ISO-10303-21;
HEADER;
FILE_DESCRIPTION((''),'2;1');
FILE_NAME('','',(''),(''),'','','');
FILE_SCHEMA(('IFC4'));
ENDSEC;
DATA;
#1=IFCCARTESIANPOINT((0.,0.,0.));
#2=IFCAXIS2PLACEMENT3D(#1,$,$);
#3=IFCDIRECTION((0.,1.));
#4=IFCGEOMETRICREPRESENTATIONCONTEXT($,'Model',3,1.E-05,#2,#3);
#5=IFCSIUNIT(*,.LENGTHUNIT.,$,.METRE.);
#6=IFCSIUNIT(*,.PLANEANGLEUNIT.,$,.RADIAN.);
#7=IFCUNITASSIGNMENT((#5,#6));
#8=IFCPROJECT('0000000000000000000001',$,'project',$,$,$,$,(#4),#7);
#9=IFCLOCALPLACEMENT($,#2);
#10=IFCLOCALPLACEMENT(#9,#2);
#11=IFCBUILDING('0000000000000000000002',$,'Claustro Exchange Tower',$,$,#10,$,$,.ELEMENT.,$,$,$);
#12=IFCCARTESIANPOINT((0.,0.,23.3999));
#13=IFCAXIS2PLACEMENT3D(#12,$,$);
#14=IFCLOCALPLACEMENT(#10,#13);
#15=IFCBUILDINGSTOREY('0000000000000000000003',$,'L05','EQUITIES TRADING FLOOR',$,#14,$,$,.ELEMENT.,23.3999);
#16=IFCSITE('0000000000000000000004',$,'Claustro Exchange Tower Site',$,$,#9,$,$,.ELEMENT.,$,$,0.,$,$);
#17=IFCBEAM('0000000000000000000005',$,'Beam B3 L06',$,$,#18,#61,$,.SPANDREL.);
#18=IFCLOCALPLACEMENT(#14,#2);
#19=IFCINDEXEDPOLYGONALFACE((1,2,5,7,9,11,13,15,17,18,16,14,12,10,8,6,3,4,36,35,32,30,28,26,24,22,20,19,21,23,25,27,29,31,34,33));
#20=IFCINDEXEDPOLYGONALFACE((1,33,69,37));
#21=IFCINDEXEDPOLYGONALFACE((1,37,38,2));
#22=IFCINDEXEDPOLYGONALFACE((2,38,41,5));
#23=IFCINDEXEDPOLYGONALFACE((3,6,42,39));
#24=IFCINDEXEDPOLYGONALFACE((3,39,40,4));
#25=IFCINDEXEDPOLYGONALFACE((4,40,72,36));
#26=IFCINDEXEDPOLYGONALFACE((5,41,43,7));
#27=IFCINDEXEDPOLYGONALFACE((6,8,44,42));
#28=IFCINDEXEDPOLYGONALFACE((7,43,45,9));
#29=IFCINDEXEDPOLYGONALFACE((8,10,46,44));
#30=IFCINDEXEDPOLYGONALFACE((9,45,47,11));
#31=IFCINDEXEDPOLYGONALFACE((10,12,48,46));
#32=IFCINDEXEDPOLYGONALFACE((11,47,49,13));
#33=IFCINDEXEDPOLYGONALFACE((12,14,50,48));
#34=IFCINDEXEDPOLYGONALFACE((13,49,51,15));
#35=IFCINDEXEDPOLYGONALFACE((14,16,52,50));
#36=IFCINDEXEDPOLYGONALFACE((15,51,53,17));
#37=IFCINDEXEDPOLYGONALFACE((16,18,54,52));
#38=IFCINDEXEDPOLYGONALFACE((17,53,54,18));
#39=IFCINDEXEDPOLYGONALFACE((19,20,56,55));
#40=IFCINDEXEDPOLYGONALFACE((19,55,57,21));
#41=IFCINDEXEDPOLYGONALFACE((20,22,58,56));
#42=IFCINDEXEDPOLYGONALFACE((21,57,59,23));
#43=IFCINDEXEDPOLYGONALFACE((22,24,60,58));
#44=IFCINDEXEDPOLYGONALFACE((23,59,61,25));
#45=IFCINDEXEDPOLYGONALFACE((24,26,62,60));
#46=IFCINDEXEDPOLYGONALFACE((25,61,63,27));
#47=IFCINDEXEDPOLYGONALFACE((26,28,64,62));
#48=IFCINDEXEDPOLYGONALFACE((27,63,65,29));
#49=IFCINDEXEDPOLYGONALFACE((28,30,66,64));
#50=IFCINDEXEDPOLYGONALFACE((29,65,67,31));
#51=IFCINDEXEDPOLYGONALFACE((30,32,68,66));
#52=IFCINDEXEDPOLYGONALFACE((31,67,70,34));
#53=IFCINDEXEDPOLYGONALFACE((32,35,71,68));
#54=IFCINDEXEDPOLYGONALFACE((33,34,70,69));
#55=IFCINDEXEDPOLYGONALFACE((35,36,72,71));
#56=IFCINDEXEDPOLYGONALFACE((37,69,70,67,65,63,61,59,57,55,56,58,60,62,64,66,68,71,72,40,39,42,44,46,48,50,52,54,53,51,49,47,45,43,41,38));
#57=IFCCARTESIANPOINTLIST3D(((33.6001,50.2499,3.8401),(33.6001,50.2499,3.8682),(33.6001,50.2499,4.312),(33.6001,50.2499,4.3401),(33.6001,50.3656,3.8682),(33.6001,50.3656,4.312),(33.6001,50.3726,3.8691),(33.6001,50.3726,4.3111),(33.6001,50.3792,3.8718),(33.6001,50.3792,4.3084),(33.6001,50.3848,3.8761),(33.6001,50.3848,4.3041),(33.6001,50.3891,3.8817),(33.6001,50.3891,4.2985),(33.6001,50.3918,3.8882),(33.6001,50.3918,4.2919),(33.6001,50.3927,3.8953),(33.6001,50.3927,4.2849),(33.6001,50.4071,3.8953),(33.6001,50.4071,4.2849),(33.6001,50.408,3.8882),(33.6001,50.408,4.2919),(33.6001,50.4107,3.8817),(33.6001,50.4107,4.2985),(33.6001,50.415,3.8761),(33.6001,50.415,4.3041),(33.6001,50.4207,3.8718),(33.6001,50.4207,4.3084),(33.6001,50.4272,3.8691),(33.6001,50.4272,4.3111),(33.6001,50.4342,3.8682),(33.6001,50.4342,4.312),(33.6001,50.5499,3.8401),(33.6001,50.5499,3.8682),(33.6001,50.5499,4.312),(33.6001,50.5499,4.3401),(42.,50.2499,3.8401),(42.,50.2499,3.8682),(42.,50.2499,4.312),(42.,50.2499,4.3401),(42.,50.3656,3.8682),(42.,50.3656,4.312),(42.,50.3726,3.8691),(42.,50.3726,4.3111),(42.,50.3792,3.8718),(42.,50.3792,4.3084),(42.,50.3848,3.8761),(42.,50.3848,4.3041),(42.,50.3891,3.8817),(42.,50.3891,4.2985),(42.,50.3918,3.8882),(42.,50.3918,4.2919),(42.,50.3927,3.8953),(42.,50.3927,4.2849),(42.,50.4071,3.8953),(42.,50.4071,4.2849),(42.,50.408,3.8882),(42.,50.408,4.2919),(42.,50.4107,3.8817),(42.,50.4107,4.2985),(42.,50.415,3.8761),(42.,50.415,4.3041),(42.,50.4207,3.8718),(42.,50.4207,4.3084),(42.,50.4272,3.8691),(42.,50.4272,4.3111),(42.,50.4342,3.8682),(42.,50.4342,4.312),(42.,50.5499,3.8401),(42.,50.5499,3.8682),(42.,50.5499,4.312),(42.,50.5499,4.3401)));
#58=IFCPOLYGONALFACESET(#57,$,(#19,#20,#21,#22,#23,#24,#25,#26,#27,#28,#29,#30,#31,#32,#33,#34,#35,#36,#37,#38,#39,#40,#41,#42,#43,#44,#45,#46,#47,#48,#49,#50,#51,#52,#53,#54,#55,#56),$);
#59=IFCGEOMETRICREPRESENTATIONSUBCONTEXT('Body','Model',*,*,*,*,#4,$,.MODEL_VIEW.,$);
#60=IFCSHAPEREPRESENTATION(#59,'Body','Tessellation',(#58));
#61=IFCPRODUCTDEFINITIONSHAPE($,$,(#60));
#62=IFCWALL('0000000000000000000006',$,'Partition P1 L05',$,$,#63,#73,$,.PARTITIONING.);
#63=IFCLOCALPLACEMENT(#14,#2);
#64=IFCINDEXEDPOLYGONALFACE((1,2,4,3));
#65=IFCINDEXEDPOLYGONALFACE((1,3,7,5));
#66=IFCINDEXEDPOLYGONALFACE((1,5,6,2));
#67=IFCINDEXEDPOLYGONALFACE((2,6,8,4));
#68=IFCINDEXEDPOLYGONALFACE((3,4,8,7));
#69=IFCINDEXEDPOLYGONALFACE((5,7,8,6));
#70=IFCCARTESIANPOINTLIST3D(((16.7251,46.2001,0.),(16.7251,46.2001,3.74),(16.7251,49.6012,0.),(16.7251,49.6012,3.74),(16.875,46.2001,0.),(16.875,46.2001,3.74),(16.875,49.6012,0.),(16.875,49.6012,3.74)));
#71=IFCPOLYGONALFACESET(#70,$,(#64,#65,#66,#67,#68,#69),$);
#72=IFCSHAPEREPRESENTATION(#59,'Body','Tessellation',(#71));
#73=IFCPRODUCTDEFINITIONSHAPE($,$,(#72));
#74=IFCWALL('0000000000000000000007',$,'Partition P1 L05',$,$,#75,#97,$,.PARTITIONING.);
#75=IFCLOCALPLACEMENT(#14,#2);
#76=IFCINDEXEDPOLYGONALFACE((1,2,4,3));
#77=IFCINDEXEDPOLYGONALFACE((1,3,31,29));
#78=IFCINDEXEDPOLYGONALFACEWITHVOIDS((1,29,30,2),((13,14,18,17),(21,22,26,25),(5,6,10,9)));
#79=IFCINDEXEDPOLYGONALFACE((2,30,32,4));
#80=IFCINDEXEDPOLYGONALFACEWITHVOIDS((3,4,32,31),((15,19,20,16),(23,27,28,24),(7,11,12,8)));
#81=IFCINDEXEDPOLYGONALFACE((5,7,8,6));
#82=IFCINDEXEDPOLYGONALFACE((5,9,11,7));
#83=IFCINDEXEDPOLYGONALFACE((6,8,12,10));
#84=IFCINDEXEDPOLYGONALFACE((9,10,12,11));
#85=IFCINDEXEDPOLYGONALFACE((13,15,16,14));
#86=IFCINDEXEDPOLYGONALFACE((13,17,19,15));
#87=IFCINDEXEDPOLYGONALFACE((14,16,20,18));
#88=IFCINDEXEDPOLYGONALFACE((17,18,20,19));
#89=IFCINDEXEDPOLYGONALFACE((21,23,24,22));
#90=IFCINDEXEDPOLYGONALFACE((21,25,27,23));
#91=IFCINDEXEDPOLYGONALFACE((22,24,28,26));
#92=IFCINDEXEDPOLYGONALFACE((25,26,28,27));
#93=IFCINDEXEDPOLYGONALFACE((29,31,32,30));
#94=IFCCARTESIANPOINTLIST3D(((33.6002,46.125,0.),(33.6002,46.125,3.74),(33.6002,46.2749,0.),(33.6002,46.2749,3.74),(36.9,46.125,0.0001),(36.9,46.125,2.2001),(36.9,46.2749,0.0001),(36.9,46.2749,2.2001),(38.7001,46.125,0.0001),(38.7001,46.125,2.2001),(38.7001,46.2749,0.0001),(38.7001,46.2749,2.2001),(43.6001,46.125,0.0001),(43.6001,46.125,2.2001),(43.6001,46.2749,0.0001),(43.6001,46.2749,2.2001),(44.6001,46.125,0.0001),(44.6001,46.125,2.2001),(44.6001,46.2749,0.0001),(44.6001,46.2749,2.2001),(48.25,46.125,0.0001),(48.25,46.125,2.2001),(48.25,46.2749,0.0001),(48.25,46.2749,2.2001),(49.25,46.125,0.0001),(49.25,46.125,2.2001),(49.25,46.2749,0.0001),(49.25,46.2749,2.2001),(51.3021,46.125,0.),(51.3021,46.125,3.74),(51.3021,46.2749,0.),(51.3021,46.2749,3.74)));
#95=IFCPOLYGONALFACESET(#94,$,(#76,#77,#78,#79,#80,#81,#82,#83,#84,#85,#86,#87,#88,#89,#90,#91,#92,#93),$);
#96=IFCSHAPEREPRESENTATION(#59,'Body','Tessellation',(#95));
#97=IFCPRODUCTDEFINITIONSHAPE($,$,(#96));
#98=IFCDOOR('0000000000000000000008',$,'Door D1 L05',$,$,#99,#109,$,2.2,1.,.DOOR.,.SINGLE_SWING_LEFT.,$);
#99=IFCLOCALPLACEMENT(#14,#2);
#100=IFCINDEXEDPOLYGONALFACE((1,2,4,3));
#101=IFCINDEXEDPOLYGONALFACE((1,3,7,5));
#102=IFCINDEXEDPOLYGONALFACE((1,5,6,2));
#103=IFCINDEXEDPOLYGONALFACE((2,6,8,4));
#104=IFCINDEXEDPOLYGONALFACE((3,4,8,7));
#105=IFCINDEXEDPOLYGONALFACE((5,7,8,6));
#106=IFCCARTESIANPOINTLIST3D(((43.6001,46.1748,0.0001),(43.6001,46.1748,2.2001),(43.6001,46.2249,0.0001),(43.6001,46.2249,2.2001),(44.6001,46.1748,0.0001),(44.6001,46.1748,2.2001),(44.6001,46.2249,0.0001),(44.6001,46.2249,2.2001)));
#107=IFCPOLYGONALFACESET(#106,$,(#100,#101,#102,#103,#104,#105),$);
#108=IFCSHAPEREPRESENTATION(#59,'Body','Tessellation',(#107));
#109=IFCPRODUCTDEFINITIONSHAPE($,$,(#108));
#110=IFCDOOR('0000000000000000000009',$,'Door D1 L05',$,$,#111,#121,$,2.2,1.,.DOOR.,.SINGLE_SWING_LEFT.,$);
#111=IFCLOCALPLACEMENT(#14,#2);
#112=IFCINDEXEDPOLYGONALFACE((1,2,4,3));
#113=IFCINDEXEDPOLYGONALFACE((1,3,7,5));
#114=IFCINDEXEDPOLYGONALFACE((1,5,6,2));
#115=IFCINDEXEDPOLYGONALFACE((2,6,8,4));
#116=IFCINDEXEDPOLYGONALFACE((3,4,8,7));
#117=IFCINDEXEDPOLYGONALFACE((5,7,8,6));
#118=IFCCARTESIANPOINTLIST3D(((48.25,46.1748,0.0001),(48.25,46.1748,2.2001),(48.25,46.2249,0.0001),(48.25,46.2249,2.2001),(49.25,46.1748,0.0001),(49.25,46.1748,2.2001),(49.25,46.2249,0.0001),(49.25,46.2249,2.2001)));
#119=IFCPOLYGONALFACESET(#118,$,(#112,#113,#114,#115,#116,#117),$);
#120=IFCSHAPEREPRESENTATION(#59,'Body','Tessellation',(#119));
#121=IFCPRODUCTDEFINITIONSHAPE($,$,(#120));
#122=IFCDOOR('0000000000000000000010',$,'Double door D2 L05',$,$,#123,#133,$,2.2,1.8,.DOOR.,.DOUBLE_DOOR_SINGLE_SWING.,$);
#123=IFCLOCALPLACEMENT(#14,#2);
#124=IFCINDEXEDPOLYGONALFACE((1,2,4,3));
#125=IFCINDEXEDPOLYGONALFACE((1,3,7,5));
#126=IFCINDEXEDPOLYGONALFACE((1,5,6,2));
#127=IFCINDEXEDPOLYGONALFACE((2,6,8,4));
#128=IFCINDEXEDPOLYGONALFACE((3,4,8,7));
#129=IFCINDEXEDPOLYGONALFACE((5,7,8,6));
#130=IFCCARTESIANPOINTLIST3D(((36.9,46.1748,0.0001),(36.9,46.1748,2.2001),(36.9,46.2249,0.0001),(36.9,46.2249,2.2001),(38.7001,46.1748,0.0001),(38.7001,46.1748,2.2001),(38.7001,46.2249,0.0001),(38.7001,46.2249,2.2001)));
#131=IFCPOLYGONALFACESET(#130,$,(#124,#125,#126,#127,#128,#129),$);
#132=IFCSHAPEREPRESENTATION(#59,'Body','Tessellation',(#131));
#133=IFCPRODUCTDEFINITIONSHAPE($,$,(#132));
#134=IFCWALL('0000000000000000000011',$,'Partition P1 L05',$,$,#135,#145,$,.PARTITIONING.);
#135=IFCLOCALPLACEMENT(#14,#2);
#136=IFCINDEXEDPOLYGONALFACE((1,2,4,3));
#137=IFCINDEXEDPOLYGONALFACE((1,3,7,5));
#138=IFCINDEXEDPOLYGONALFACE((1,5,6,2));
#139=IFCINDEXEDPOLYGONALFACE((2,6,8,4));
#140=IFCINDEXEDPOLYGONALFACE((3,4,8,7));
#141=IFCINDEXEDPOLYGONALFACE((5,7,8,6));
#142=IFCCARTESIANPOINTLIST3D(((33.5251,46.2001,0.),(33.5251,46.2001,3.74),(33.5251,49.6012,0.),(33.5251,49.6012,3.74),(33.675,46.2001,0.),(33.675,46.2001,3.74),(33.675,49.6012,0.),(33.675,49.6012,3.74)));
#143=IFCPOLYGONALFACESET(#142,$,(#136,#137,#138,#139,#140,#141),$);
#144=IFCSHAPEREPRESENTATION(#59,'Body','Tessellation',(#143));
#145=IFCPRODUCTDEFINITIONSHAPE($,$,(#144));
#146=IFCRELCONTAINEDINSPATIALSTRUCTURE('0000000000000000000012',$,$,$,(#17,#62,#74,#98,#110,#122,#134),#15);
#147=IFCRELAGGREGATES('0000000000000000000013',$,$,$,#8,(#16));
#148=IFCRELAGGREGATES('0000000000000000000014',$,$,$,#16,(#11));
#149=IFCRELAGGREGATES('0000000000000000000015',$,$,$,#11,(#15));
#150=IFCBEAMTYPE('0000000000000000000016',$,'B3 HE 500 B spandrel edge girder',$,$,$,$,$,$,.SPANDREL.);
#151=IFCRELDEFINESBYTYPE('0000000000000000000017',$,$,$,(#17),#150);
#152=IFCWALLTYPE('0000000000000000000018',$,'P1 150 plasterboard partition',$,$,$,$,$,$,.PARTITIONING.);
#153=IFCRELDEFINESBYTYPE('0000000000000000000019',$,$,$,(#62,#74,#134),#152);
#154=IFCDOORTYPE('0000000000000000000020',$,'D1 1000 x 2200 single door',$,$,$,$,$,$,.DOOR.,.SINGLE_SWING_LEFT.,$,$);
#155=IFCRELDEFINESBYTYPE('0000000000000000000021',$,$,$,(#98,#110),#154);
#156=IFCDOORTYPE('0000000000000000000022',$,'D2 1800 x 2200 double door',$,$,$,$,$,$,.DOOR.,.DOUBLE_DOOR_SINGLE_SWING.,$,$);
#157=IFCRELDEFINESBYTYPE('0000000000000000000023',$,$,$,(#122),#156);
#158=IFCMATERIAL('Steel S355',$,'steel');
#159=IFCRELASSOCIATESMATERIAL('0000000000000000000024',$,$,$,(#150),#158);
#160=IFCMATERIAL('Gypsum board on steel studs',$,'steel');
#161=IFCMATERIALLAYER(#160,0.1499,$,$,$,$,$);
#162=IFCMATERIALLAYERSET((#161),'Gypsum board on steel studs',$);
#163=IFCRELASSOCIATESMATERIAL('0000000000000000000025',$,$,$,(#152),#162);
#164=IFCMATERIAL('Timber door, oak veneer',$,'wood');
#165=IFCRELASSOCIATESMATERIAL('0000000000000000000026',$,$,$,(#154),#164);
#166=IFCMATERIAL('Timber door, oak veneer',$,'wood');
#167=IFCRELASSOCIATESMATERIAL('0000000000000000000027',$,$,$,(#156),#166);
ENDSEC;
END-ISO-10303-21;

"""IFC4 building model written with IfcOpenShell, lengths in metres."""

from ifc_helpers import new_model, si_unit, direction, frame, frame_2d, origin, origin_2d, place, context, subcontext, project, spatial, rectangle, i_section, extrude, material, layer, layer_set, material_profile, profile_set, type_object, element, fill, save


model = new_model("IFC4")

# Units and contexts
model_context = context("Model", 3, precision=1e-05, world=origin(), true_north=direction((0.0, 1.0)))
body_context = subcontext(model_context, "Body", "Model", "MODEL_VIEW")
ifc_project = project(units=[si_unit("LENGTHUNIT", "METRE"), si_unit("PLANEANGLEUNIT", "RADIAN")], contexts=[model_context])

# Site, building, storey
site_placement = place(None, origin())
site = spatial("IfcSite", under=ifc_project, at=site_placement, Name="Claustro Exchange Tower Site", CompositionType="ELEMENT", RefElevation=0.0)
building_placement = place(site_placement, origin())
building = spatial("IfcBuilding", under=site, at=building_placement, Name="Claustro Exchange Tower", CompositionType="ELEMENT")
storey_placement = place(building_placement, frame((0.0, 0.0, 23.3999)))
storey = spatial("IfcBuildingStorey", under=building, at=storey_placement, Name="L05", Description="EQUITIES TRADING FLOOR", CompositionType="ELEMENT", Elevation=23.3999)

# Beam
ifc_material_1 = material(Name="Steel S355", Category="steel")
ifc_material_profile_1 = material_profile(ifc_material_1, i_section(OverallWidth=0.3, OverallDepth=0.5, WebThickness=0.0144, FlangeThickness=0.0281, FilletRadius=0.0271, at=origin_2d()), Name="HE 500 B")
ifc_profile_set_1 = profile_set([ifc_material_profile_1], Name="Steel S355")
beam_type_1 = type_object("IfcBeamType", Name="B3 HE 500 B spandrel edge girder", PredefinedType="SPANDREL", material=ifc_profile_set_1)
beam_1_placement = place(storey_placement, frame((33.6001, 50.3999, 4.0901), z_axis=(1.0, 0.0, 0.0), x_axis=(0.0, 1.0, 0.0)))
element("IfcBeam", 1, at=beam_1_placement, inside=storey, type_object=beam_type_1, Name="Beam B3 L06", PredefinedType="SPANDREL", context=body_context, shape_type="SweptSolid", body=[
    extrude(i_section(OverallWidth=0.3, OverallDepth=0.5, WebThickness=0.0144, FlangeThickness=0.0281, FilletRadius=0.0271, at=origin_2d()), origin(), (0.0, 0.0, 1.0), 8.3999),
])

# Wall
ifc_material_2 = material(Name="Gypsum board on steel studs", Category="steel")
ifc_layer_1 = layer(ifc_material_2, 0.1499)
ifc_layer_set_1 = layer_set([ifc_layer_1], Name="Gypsum board on steel studs")
wall_type_1 = type_object("IfcWallType", Name="P1 150 plasterboard partition", PredefinedType="PARTITIONING", material=ifc_layer_set_1)
wall_1_placement = place(storey_placement, frame((16.8, 46.2, 0.0), z_axis=(0.0, 0.0, 1.0), x_axis=(0.0, 1.0, 0.0)))
element("IfcWall", 2, at=wall_1_placement, inside=storey, type_object=wall_type_1, Name="Partition P1 L05", PredefinedType="PARTITIONING", context=body_context, shape_type="SweptSolid", body=[
    extrude(rectangle(XDim=3.4011, YDim=0.1499, at=frame_2d((1.7007, 0.0))), origin(), (0.0, 0.0, 1.0), 3.74),
])

# Wall, openings, doors
wall_2_placement = place(storey_placement, frame((33.6001, 46.2, 0.0), z_axis=(0.0, 0.0, 1.0), x_axis=(1.0, 0.0, 0.0)))
wall_2 = element("IfcWall", 3, at=wall_2_placement, inside=storey, type_object=wall_type_1, Name="Partition P1 L05", PredefinedType="PARTITIONING", context=body_context, shape_type="SweptSolid", body=[
    extrude(rectangle(XDim=17.7019, YDim=0.1499, at=frame_2d((8.8511, 0.0))), origin(), (0.0, 0.0, 1.0), 3.74),
])
opening_1_placement = place(wall_2_placement, frame((3.3, 0.0, 0.0)))
opening_1 = element("IfcOpeningElement", 4, at=opening_1_placement, cuts=wall_2, PredefinedType="OPENING", context=body_context, shape_type="SweptSolid", body=[
    extrude(rectangle(XDim=1.8, YDim=2.2, at=frame_2d((0.8999, 1.1001))), frame((0.0, 0.085, 0.0), z_axis=(0.0, -1.0, 0.0), x_axis=(1.0, 0.0, 0.0)), (0.0, 0.0, 1.0), 0.1699),
])
opening_2_placement = place(wall_2_placement, frame((10.0, 0.0, 0.0)))
opening_2 = element("IfcOpeningElement", 5, at=opening_2_placement, cuts=wall_2, PredefinedType="OPENING", context=body_context, shape_type="SweptSolid", body=[
    extrude(rectangle(XDim=1.0, YDim=2.2, at=frame_2d((0.5, 1.1001))), frame((0.0, 0.085, 0.0), z_axis=(0.0, -1.0, 0.0), x_axis=(1.0, 0.0, 0.0)), (0.0, 0.0, 1.0), 0.1699),
])
opening_3_placement = place(wall_2_placement, frame((14.6499, 0.0, 0.0)))
opening_3 = element("IfcOpeningElement", 6, at=opening_3_placement, cuts=wall_2, PredefinedType="OPENING", context=body_context, shape_type="SweptSolid", body=[
    extrude(rectangle(XDim=1.0, YDim=2.2, at=frame_2d((0.5, 1.1001))), frame((0.0, 0.085, 0.0), z_axis=(0.0, -1.0, 0.0), x_axis=(1.0, 0.0, 0.0)), (0.0, 0.0, 1.0), 0.1699),
])
ifc_material_3 = material(Name="Timber door, oak veneer", Category="wood")
door_type_1 = type_object("IfcDoorType", Name="D1 1000 x 2200 single door", OperationType="SINGLE_SWING_LEFT", PredefinedType="DOOR", material=ifc_material_3)
door_1_placement = place(opening_2_placement, origin())
door_1 = element("IfcDoor", 7, at=door_1_placement, inside=storey, type_object=door_type_1, Name="Door D1 L05", OperationType="SINGLE_SWING_LEFT", OverallHeight=2.2, OverallWidth=1.0, PredefinedType="DOOR", context=body_context, shape_type="SweptSolid", body=[
    extrude(rectangle(XDim=1.0, YDim=2.2, at=frame_2d((0.5, 1.1001))), frame((0.0, 0.0249, 0.0), z_axis=(0.0, -1.0, 0.0), x_axis=(1.0, 0.0, 0.0)), (0.0, 0.0, 1.0), 0.05),
])
fill(opening_2, door_1)
door_2_placement = place(opening_3_placement, origin())
door_2 = element("IfcDoor", 8, at=door_2_placement, inside=storey, type_object=door_type_1, Name="Door D1 L05", OperationType="SINGLE_SWING_LEFT", OverallHeight=2.2, OverallWidth=1.0, PredefinedType="DOOR", context=body_context, shape_type="SweptSolid", body=[
    extrude(rectangle(XDim=1.0, YDim=2.2, at=frame_2d((0.5, 1.1001))), frame((0.0, 0.0249, 0.0), z_axis=(0.0, -1.0, 0.0), x_axis=(1.0, 0.0, 0.0)), (0.0, 0.0, 1.0), 0.05),
])
fill(opening_3, door_2)
ifc_material_4 = material(Name="Timber door, oak veneer", Category="wood")
door_type_2 = type_object("IfcDoorType", Name="D2 1800 x 2200 double door", OperationType="DOUBLE_DOOR_SINGLE_SWING", PredefinedType="DOOR", material=ifc_material_4)
door_3_placement = place(opening_1_placement, origin())
door_3 = element("IfcDoor", 9, at=door_3_placement, inside=storey, type_object=door_type_2, Name="Double door D2 L05", OperationType="DOUBLE_DOOR_SINGLE_SWING", OverallHeight=2.2, OverallWidth=1.8, PredefinedType="DOOR", context=body_context, shape_type="SweptSolid", body=[
    extrude(rectangle(XDim=1.8, YDim=2.2, at=frame_2d((0.8999, 1.1001))), frame((0.0, 0.0249, 0.0), z_axis=(0.0, -1.0, 0.0), x_axis=(1.0, 0.0, 0.0)), (0.0, 0.0, 1.0), 0.05),
])
fill(opening_1, door_3)

# Wall
wall_3_placement = place(storey_placement, frame((33.6001, 46.2, 0.0), z_axis=(0.0, 0.0, 1.0), x_axis=(0.0, 1.0, 0.0)))
element("IfcWall", 10, at=wall_3_placement, inside=storey, type_object=wall_type_1, Name="Partition P1 L05", PredefinedType="PARTITIONING", context=body_context, shape_type="SweptSolid", body=[
    extrude(rectangle(XDim=3.4011, YDim=0.1499, at=frame_2d((1.7007, 0.0))), origin(), (0.0, 0.0, 1.0), 3.74),
])

save(model, "model.ifc")
